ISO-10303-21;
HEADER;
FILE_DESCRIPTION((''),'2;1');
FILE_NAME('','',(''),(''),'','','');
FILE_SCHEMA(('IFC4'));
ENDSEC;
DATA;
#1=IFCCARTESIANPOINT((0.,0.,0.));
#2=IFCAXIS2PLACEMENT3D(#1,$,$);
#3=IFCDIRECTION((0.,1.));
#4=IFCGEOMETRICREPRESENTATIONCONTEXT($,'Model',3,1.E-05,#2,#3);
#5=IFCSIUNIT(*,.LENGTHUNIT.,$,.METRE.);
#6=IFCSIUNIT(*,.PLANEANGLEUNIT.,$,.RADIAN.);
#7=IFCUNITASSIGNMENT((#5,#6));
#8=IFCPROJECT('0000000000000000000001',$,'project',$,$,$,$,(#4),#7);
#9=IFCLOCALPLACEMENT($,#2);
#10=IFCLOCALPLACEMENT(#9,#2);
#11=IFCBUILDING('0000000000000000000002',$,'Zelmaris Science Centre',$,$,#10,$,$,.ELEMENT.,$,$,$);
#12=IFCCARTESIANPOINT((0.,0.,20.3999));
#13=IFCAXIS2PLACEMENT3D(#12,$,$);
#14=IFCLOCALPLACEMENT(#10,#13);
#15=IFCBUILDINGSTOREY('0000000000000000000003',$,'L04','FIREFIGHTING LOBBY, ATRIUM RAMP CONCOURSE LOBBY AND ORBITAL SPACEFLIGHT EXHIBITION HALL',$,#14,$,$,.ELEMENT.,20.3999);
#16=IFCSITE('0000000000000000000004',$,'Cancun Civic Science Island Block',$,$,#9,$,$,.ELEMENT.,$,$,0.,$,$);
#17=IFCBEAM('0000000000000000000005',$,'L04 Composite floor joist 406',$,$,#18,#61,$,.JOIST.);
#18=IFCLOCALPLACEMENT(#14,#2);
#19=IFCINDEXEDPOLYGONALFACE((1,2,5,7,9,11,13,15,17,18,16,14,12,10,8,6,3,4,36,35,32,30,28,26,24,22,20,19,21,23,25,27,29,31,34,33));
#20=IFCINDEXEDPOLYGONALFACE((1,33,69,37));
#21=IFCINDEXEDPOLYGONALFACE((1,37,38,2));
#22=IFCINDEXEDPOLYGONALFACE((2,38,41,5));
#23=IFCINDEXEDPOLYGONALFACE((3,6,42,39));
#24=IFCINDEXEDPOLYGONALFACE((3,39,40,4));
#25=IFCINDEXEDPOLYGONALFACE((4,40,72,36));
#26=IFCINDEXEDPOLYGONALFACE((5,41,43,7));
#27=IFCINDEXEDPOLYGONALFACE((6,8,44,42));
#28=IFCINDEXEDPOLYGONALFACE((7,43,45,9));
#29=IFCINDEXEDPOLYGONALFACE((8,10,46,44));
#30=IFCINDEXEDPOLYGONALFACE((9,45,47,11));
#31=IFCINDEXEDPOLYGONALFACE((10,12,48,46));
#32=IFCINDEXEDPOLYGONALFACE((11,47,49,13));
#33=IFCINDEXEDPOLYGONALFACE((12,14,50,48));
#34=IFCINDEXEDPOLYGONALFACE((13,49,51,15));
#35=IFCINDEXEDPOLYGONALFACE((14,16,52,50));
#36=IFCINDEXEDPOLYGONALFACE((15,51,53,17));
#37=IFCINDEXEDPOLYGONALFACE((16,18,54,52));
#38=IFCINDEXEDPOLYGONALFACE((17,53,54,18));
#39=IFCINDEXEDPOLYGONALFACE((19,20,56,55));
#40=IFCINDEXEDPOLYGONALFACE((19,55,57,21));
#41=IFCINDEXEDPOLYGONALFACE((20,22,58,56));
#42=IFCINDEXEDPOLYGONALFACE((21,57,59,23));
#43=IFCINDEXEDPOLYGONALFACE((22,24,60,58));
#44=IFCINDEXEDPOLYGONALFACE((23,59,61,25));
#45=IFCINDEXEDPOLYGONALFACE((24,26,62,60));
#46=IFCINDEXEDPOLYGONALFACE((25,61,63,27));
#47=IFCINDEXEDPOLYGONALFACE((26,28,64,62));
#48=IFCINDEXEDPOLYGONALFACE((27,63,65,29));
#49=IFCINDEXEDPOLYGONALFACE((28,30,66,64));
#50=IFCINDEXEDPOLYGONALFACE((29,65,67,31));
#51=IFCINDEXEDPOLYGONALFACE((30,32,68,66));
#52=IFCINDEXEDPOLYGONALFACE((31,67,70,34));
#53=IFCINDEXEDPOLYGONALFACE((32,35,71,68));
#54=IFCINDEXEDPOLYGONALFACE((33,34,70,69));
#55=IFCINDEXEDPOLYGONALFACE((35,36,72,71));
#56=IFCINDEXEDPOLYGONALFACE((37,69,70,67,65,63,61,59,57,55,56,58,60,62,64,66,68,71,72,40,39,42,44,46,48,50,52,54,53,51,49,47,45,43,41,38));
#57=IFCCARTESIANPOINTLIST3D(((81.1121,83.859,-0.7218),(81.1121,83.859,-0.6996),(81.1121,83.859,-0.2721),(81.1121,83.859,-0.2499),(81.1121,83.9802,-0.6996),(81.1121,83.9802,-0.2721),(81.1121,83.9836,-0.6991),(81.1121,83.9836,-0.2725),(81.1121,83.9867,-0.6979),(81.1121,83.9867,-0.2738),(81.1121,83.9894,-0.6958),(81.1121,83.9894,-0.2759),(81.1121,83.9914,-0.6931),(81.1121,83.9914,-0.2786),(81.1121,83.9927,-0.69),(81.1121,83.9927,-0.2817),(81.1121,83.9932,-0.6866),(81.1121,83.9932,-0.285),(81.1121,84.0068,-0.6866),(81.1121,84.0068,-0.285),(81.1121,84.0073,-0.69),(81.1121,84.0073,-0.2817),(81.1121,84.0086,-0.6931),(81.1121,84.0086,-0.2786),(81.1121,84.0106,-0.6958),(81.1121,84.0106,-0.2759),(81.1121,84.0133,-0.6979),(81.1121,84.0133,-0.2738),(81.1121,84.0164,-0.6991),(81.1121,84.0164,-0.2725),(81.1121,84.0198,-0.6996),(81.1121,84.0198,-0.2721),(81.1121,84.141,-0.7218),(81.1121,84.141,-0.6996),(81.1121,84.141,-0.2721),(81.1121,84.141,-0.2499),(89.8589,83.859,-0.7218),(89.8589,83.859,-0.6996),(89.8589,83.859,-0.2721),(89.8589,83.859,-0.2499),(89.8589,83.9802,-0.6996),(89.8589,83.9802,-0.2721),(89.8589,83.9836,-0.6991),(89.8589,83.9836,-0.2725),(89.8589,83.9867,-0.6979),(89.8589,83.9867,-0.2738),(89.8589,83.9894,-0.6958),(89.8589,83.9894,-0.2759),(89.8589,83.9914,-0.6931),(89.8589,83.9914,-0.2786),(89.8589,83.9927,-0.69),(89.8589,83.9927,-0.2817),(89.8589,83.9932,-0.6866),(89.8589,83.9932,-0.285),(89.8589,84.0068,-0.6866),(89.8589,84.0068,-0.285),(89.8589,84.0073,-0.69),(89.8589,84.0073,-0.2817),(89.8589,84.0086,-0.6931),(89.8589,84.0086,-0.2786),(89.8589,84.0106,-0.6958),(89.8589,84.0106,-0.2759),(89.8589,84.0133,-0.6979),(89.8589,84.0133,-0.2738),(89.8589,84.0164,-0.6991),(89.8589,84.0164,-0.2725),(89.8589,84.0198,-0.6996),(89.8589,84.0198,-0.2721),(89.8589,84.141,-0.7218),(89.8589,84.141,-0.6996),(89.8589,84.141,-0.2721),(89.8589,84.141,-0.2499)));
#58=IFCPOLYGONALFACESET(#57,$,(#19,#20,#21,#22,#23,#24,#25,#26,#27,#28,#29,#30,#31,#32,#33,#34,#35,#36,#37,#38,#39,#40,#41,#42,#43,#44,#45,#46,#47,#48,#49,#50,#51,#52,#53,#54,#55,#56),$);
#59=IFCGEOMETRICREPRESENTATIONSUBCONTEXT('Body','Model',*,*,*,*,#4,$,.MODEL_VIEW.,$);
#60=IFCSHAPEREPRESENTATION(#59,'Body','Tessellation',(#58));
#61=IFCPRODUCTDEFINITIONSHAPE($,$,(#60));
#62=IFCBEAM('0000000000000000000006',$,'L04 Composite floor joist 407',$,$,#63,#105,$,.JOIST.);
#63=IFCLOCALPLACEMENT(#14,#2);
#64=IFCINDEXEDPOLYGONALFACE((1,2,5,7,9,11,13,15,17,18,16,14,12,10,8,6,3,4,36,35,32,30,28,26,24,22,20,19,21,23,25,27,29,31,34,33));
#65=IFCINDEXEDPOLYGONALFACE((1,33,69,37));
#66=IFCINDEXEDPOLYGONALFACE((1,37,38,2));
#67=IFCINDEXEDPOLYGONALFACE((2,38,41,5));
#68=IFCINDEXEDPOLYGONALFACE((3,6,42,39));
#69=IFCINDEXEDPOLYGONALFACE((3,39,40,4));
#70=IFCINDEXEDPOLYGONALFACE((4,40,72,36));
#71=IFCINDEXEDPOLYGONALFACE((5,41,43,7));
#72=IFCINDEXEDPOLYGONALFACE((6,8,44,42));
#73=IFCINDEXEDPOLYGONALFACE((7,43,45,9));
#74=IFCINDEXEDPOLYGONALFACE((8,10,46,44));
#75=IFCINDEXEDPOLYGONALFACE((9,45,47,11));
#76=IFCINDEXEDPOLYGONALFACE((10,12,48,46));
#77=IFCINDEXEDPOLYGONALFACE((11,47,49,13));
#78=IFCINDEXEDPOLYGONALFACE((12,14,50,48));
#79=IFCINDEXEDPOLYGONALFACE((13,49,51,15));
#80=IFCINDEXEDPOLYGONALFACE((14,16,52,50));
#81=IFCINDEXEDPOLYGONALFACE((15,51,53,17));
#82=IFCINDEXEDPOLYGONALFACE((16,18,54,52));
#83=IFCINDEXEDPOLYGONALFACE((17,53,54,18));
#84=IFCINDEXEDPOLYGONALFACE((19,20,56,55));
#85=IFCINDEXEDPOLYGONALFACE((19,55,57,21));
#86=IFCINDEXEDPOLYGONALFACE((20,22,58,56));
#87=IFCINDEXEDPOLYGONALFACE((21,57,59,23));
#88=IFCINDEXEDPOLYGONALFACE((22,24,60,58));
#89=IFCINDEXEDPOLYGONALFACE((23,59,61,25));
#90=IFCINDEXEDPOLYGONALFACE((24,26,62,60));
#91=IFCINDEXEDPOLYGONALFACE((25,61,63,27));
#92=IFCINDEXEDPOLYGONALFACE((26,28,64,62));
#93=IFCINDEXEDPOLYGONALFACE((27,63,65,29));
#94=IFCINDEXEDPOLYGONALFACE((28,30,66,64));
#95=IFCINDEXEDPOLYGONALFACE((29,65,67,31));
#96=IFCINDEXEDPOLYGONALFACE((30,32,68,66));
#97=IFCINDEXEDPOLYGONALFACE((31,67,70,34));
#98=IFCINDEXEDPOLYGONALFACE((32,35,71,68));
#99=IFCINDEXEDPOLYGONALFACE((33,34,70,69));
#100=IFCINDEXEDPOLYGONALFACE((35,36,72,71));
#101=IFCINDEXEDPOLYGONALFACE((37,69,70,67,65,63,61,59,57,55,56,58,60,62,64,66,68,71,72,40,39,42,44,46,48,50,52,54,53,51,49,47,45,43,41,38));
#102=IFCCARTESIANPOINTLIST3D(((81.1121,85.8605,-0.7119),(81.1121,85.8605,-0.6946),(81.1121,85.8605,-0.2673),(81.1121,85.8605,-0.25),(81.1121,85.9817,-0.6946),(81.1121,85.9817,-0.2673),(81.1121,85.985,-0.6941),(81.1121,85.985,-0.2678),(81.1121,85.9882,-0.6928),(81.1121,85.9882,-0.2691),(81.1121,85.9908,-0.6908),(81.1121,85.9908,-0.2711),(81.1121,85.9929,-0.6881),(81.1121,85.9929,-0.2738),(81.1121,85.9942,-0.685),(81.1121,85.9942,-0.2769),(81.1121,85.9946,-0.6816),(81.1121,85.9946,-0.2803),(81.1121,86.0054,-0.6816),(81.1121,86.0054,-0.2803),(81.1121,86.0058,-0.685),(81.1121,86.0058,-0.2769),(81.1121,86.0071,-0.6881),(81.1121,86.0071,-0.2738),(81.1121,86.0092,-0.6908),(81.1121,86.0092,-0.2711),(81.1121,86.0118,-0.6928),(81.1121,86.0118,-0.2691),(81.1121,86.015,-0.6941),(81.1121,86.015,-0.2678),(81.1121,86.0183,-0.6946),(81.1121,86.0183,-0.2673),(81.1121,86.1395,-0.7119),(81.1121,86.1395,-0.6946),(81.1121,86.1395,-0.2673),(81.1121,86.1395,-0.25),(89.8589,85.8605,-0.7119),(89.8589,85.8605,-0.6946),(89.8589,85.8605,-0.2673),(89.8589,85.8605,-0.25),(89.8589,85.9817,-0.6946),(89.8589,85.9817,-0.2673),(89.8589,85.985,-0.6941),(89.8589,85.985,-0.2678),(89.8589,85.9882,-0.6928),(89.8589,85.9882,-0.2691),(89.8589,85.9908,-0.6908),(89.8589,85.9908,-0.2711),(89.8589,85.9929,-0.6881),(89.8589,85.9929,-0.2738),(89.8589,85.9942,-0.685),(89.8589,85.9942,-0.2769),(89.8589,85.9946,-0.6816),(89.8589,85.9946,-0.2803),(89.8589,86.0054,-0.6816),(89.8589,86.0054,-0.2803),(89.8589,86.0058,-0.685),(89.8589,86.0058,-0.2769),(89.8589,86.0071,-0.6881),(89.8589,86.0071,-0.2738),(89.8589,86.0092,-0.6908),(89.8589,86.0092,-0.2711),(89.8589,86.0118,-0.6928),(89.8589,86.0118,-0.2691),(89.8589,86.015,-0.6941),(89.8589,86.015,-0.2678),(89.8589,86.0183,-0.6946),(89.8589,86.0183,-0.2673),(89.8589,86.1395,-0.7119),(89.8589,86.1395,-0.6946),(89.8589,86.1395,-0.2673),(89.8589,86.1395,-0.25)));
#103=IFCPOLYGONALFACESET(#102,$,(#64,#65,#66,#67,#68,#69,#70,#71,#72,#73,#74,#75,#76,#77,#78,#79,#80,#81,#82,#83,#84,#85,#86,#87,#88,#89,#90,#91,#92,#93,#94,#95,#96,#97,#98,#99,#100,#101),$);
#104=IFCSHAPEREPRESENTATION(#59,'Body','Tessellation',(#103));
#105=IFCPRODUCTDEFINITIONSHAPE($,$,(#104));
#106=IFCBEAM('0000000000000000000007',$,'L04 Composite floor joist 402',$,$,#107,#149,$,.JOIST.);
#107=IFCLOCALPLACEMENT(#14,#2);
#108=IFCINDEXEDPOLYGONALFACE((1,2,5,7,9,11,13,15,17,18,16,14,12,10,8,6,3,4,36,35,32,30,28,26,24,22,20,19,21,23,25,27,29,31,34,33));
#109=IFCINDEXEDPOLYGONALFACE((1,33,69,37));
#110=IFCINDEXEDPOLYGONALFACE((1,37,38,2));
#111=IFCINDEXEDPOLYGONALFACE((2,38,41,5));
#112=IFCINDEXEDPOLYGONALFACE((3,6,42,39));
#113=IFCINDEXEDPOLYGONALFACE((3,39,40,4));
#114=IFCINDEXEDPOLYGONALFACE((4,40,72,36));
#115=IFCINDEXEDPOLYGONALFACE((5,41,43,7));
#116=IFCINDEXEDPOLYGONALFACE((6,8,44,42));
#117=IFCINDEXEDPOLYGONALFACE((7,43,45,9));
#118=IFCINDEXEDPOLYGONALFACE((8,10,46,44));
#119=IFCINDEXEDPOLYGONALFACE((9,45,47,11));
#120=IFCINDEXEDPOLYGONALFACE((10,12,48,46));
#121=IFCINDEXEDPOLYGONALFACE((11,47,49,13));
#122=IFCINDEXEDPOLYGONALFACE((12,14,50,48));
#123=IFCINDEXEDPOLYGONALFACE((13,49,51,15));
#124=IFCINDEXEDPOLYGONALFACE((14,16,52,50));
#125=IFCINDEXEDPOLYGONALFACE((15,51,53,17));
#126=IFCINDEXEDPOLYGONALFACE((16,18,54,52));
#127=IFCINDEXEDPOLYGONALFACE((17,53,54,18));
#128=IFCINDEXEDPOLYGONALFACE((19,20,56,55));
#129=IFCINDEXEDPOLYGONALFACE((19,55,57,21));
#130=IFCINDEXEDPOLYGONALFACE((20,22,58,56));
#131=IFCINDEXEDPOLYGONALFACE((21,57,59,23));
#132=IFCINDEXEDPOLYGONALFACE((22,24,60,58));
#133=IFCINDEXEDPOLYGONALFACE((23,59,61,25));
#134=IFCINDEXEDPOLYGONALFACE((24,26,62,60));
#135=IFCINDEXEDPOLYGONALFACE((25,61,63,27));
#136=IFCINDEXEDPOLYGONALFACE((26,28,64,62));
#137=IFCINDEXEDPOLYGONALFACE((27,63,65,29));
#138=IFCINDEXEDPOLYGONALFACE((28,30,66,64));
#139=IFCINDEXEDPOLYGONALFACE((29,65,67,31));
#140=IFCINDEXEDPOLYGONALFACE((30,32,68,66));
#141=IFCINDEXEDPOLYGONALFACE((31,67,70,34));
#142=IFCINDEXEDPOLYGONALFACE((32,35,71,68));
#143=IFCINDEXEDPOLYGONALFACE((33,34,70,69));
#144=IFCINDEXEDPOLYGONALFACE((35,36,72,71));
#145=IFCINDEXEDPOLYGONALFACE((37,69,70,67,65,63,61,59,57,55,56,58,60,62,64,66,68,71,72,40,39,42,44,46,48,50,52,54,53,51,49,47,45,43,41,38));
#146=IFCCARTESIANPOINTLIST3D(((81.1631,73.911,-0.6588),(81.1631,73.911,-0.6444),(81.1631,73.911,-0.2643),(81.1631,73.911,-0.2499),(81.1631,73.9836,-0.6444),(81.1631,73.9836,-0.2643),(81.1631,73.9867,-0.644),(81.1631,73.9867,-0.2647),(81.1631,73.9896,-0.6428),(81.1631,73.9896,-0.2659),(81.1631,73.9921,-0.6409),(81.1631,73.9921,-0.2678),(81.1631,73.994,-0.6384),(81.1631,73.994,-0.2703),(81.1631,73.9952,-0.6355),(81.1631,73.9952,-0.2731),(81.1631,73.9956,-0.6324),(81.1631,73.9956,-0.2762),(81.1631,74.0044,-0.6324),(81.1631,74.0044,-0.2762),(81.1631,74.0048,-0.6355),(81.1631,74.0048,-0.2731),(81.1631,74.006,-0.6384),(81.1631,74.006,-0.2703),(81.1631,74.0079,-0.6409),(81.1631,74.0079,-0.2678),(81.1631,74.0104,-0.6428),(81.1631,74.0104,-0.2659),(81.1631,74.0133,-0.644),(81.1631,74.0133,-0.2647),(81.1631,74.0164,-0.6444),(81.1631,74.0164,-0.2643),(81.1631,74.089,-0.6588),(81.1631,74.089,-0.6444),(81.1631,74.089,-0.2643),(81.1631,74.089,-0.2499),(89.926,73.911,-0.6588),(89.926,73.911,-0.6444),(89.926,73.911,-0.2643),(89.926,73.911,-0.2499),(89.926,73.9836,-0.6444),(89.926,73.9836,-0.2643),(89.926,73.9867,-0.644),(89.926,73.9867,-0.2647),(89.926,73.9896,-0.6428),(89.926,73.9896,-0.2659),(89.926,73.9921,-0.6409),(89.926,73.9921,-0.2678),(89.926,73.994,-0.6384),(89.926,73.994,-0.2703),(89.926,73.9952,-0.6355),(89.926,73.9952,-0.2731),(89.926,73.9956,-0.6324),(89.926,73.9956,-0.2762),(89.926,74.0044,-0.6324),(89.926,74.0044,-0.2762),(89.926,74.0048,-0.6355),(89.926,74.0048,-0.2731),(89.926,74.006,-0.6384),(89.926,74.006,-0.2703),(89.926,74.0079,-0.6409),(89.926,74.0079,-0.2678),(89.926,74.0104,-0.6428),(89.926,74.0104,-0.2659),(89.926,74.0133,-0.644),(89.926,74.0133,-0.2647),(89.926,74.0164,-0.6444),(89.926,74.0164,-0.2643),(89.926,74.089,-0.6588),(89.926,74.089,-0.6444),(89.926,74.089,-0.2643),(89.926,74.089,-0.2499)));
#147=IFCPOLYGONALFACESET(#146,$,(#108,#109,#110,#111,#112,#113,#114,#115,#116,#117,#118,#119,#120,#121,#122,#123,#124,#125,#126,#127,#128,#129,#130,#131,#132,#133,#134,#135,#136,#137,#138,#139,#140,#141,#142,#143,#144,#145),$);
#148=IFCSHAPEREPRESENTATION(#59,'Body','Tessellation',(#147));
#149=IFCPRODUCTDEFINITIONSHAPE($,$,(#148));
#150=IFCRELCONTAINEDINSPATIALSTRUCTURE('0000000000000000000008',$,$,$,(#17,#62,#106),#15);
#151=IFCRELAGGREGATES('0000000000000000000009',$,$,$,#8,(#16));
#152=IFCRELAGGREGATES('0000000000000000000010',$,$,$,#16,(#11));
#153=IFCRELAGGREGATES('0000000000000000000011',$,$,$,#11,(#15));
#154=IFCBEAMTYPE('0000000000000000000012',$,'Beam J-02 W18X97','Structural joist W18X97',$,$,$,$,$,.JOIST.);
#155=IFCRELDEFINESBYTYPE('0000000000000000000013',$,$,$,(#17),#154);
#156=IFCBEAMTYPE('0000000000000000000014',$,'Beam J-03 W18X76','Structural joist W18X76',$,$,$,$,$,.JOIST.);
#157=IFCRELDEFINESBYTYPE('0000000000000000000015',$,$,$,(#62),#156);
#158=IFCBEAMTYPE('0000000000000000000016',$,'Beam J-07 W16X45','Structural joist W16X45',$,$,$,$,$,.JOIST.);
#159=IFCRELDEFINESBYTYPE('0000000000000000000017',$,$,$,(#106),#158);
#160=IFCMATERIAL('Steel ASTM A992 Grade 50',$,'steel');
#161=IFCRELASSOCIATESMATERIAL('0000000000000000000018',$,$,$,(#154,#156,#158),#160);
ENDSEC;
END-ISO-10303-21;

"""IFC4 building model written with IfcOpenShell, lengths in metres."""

from ifc_helpers import new_model, si_unit, direction, frame, origin, origin_2d, place, context, subcontext, project, spatial, i_section, extrude, material, material_profile, profile_set, type_object, element, save


model = new_model("IFC4")

# Units and contexts
model_context = context("Model", 3, precision=1e-05, world=origin(), true_north=direction((0.0, 1.0)))
body_context = subcontext(model_context, "Body", "Model", "MODEL_VIEW")
ifc_project = project(units=[si_unit("LENGTHUNIT", "METRE"), si_unit("PLANEANGLEUNIT", "RADIAN")], contexts=[model_context])

# Site, building, storey
site_placement = place(None, origin())
site = spatial("IfcSite", under=ifc_project, at=site_placement, Name="Cancun Civic Science Island Block", CompositionType="ELEMENT", RefElevation=0.0)
building_placement = place(site_placement, origin())
building = spatial("IfcBuilding", under=site, at=building_placement, Name="Zelmaris Science Centre", CompositionType="ELEMENT")
storey_placement = place(building_placement, frame((0.0, 0.0, 20.3999)))
storey = spatial("IfcBuildingStorey", under=building, at=storey_placement, Name="L04", Description="FIREFIGHTING LOBBY, ATRIUM RAMP CONCOURSE LOBBY AND ORBITAL SPACEFLIGHT EXHIBITION HALL", CompositionType="ELEMENT", Elevation=20.3999)

# Shared definitions
ifc_material_1 = material(Name="Steel ASTM A992 Grade 50", Category="steel")

# Beams
ifc_material_profile_1 = material_profile(ifc_material_1, i_section(OverallWidth=0.282, OverallDepth=0.4719, WebThickness=0.0137, FlangeThickness=0.0222, FilletRadius=0.0129, at=origin_2d()), Name="W18X97")
ifc_profile_set_1 = profile_set([ifc_material_profile_1], Name="Steel ASTM A992 Grade 50")
beam_type_1 = type_object("IfcBeamType", Name="Beam J-02 W18X97", Description="Structural joist W18X97", PredefinedType="JOIST", material=ifc_profile_set_1)
beam_1_placement = place(storey_placement, frame((81.1121, 84.0, -0.4858), z_axis=(1.0, 0.0, 0.0), x_axis=(0.0, 1.0, 0.0)))
element("IfcBeam", 1, at=beam_1_placement, inside=storey, type_object=beam_type_1, Name="L04 Composite floor joist 406", PredefinedType="JOIST", context=body_context, shape_type="SweptSolid", body=[
    extrude(i_section(OverallWidth=0.282, OverallDepth=0.4719, WebThickness=0.0137, FlangeThickness=0.0222, FilletRadius=0.0129, at=origin_2d()), origin(), (0.0, 0.0, 1.0), 8.7468),
])
ifc_material_profile_2 = material_profile(ifc_material_1, i_section(OverallWidth=0.2791, OverallDepth=0.4619, WebThickness=0.0107, FlangeThickness=0.0173, FilletRadius=0.0129, at=origin_2d()), Name="W18X76")
ifc_profile_set_2 = profile_set([ifc_material_profile_2], Name="Steel ASTM A992 Grade 50")
beam_type_2 = type_object("IfcBeamType", Name="Beam J-03 W18X76", Description="Structural joist W18X76", PredefinedType="JOIST", material=ifc_profile_set_2)
beam_2_placement = place(storey_placement, frame((81.1121, 86.0, -0.481), z_axis=(1.0, 0.0, 0.0), x_axis=(0.0, 1.0, 0.0)))
element("IfcBeam", 2, at=beam_2_placement, inside=storey, type_object=beam_type_2, Name="L04 Composite floor joist 407", PredefinedType="JOIST", context=body_context, shape_type="SweptSolid", body=[
    extrude(i_section(OverallWidth=0.2791, OverallDepth=0.4619, WebThickness=0.0107, FlangeThickness=0.0173, FilletRadius=0.0129, at=origin_2d()), origin(), (0.0, 0.0, 1.0), 8.7468),
])
ifc_material_profile_3 = material_profile(ifc_material_1, i_section(OverallWidth=0.178, OverallDepth=0.4089, WebThickness=0.0088, FlangeThickness=0.0144, FilletRadius=0.012, at=origin_2d()), Name="W16X45")
ifc_profile_set_3 = profile_set([ifc_material_profile_3], Name="Steel ASTM A992 Grade 50")
beam_type_3 = type_object("IfcBeamType", Name="Beam J-07 W16X45", Description="Structural joist W16X45", PredefinedType="JOIST", material=ifc_profile_set_3)
beam_3_placement = place(storey_placement, frame((81.1631, 74.0, -0.4543), z_axis=(1.0, 0.0, 0.0), x_axis=(0.0, 1.0, 0.0)))
element("IfcBeam", 3, at=beam_3_placement, inside=storey, type_object=beam_type_3, Name="L04 Composite floor joist 402", PredefinedType="JOIST", context=body_context, shape_type="SweptSolid", body=[
    extrude(i_section(OverallWidth=0.178, OverallDepth=0.4089, WebThickness=0.0088, FlangeThickness=0.0144, FilletRadius=0.012, at=origin_2d()), origin(), (0.0, 0.0, 1.0), 8.7629),
])

save(model, "model.ifc")
